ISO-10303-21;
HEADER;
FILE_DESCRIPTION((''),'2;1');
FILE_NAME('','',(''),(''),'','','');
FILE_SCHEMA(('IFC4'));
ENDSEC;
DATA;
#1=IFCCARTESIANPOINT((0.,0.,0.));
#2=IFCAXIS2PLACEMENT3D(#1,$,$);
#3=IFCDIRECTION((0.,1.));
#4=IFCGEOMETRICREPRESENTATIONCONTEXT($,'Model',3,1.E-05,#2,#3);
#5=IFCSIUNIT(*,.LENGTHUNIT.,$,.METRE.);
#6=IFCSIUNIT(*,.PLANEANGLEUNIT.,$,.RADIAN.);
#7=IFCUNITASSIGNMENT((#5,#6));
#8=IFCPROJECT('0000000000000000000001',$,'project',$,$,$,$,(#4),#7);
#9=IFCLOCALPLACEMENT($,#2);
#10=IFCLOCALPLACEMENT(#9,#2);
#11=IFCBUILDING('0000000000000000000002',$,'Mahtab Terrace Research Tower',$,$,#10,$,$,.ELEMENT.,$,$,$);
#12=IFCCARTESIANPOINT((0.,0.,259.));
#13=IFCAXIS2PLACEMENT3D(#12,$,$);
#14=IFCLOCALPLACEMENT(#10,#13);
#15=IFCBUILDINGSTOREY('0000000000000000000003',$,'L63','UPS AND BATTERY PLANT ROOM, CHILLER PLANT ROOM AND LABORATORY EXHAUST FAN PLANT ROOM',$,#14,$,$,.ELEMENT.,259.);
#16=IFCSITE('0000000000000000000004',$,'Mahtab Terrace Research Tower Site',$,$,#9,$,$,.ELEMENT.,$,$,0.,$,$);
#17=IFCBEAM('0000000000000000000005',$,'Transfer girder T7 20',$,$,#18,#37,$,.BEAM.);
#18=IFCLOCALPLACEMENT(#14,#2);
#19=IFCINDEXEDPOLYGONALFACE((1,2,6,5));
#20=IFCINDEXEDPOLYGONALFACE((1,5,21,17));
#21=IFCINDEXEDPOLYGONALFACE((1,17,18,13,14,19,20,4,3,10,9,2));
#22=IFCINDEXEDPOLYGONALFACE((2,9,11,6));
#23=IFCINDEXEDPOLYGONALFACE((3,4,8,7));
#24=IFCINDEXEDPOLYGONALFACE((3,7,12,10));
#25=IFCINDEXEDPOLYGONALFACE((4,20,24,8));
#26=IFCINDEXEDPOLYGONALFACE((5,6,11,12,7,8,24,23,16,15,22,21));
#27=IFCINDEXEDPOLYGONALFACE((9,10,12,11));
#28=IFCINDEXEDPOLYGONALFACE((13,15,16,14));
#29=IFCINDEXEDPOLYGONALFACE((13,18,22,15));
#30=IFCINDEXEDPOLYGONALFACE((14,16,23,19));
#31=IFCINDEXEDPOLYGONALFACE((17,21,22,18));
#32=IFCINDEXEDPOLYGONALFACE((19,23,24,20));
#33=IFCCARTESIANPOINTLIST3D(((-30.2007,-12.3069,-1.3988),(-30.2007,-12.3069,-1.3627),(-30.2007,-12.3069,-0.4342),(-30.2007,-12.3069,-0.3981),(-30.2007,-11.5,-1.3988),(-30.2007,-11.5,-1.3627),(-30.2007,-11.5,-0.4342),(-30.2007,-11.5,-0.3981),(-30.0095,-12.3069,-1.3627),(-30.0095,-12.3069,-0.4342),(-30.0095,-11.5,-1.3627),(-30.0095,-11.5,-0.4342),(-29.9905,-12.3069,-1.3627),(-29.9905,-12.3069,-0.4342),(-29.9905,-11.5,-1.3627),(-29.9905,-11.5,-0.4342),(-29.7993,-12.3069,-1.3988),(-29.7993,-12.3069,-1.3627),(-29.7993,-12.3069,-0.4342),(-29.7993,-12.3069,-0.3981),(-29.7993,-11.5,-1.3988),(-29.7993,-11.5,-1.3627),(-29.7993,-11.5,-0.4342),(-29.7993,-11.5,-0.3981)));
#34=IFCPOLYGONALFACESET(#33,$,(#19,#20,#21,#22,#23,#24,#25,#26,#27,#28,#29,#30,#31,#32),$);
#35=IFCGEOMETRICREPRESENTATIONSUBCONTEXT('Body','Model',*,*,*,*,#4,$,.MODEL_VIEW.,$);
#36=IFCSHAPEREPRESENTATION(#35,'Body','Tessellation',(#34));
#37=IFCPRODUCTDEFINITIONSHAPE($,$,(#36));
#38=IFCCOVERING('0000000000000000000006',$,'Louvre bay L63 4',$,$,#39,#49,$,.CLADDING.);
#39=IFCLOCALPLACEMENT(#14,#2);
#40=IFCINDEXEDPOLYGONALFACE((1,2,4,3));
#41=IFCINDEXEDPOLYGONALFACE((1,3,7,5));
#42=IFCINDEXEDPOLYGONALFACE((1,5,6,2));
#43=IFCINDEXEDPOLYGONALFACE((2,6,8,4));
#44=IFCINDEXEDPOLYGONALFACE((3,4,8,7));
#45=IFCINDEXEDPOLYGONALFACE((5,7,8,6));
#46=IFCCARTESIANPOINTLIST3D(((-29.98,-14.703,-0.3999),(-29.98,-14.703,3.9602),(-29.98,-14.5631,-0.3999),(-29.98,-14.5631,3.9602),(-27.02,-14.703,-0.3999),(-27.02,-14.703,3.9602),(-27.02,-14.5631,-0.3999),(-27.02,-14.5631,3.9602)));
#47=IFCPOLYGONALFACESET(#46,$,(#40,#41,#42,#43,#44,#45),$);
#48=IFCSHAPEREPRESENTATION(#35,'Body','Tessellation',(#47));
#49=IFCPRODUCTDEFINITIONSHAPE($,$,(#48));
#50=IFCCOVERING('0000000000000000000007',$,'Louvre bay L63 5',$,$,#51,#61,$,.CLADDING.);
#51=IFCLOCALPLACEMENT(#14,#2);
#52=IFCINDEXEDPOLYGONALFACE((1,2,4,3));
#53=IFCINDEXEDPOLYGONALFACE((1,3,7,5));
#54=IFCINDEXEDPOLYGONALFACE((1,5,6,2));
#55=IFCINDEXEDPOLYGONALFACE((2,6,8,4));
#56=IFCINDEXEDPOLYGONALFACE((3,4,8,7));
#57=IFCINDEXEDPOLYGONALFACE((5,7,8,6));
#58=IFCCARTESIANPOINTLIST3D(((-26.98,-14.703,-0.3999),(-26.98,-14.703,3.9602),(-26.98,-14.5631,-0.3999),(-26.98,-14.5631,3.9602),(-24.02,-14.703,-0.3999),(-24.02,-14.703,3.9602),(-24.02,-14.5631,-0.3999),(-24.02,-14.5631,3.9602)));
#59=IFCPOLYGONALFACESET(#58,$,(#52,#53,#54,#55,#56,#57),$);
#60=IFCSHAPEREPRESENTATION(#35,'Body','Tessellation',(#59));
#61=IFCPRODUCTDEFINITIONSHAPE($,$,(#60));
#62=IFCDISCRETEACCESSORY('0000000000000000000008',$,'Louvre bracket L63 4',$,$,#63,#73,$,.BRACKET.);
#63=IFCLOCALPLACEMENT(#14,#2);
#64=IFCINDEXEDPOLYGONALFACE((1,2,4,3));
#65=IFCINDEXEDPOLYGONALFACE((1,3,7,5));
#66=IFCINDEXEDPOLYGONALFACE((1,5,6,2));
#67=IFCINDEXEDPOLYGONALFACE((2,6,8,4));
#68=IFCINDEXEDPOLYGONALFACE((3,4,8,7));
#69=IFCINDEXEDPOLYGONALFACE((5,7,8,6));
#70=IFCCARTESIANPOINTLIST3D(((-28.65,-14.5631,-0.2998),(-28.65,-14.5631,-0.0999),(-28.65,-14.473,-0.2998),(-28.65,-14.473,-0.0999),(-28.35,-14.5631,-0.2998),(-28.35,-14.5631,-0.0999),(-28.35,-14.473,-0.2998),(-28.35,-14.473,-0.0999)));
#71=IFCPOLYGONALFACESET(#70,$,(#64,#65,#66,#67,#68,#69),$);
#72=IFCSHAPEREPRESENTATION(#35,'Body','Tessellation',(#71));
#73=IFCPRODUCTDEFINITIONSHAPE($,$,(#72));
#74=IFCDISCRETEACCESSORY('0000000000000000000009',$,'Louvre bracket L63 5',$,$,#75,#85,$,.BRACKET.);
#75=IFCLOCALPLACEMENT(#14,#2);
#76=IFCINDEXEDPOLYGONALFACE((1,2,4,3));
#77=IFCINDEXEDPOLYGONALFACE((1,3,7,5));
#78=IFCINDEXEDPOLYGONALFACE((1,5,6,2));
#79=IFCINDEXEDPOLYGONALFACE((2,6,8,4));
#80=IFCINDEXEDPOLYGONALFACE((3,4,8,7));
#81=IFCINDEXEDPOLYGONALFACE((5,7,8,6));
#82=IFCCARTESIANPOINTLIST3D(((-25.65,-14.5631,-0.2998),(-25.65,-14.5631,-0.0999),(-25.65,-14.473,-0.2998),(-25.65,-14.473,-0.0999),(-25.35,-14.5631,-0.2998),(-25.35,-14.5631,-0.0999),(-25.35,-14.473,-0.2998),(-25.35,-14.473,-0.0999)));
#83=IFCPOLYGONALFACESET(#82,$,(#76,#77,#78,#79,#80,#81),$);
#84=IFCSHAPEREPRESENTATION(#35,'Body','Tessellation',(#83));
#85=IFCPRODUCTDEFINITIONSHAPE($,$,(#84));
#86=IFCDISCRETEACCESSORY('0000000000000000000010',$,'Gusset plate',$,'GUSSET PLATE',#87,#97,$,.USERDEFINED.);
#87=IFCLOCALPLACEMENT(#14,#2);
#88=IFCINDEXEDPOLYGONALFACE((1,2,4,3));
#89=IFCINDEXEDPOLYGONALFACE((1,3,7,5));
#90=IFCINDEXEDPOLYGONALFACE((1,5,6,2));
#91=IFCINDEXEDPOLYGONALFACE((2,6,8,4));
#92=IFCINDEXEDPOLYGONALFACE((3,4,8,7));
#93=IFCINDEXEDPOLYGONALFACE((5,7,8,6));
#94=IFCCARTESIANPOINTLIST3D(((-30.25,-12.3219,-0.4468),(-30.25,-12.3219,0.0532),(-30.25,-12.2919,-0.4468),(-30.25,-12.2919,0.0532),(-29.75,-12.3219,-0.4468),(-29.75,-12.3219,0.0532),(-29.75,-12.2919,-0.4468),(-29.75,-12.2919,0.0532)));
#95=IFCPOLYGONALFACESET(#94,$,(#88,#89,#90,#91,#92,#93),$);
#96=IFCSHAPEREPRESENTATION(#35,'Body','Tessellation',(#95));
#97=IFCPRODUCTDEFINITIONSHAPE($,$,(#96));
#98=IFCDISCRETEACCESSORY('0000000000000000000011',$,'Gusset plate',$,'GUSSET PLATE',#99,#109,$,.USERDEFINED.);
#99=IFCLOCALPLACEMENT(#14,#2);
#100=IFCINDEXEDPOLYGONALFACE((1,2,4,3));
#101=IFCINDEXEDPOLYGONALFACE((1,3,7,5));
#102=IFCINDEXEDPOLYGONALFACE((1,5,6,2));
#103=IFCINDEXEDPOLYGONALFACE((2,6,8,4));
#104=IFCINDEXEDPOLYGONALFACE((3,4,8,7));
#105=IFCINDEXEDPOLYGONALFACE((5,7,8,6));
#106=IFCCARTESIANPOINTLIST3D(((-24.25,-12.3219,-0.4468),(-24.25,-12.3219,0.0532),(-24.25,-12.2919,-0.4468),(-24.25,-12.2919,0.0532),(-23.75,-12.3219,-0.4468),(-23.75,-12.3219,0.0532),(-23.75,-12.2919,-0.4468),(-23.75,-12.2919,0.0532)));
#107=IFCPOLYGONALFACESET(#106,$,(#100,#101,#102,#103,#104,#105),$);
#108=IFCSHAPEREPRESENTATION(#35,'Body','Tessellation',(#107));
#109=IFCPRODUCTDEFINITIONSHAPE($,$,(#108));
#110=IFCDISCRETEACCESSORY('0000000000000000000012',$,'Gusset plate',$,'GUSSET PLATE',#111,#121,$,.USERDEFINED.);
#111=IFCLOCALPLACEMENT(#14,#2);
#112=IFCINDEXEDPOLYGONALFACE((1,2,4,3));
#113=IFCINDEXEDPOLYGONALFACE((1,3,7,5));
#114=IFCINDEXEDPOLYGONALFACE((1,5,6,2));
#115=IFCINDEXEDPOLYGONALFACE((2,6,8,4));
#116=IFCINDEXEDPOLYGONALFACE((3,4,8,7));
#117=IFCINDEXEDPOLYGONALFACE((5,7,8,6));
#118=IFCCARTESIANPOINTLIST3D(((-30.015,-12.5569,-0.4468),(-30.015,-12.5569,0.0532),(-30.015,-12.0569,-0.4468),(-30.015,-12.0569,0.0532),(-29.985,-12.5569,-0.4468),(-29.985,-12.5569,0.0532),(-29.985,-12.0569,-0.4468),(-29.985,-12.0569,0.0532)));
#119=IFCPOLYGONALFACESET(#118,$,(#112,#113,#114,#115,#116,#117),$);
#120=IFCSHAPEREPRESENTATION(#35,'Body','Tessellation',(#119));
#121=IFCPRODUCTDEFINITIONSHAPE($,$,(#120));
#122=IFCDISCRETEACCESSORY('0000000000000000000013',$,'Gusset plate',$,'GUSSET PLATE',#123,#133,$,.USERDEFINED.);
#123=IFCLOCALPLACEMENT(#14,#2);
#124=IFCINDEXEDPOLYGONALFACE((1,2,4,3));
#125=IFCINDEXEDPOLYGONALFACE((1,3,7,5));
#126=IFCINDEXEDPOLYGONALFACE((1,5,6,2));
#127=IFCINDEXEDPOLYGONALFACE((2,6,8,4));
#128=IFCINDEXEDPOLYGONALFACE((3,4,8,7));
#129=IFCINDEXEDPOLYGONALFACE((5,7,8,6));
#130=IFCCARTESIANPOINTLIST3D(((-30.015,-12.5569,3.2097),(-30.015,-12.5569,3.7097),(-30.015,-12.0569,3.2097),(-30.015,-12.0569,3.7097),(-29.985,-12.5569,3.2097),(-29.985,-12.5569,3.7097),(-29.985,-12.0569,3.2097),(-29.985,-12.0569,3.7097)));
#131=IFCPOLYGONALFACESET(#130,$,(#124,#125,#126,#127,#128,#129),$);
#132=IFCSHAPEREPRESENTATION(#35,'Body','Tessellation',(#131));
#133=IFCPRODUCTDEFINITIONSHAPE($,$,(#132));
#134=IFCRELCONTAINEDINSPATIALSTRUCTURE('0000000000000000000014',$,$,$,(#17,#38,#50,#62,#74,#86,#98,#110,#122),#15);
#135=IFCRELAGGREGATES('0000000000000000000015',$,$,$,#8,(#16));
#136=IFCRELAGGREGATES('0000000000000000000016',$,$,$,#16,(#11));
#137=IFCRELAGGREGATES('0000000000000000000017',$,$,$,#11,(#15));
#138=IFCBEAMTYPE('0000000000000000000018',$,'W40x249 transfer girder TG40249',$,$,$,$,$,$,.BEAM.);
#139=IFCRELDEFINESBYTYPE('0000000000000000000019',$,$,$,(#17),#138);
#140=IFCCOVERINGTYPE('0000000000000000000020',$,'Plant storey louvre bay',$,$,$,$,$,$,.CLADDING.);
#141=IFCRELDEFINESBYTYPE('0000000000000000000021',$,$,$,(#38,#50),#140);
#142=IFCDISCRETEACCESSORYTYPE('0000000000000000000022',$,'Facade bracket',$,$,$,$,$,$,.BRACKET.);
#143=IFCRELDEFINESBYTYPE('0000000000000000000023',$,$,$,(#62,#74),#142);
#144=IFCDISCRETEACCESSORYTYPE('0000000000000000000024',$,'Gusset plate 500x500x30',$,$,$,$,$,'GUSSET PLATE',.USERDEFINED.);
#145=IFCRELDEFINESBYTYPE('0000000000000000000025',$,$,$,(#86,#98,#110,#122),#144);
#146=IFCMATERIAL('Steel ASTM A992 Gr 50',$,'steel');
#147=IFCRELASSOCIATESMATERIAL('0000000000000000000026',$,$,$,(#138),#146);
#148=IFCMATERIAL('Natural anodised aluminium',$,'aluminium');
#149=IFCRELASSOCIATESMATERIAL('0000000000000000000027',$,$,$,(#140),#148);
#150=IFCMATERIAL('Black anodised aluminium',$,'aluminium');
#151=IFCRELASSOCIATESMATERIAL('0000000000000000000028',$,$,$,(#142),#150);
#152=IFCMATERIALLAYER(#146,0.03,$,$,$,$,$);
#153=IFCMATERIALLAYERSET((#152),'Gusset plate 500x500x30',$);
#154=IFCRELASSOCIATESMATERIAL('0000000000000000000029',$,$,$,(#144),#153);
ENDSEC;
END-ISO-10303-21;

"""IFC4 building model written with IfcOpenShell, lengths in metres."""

from ifc_helpers import new_model, si_unit, direction, frame, origin, origin_2d, place, context, subcontext, project, spatial, rectangle, i_section, extrude, material, layer, layer_set, material_profile, profile_set, type_object, element, save


model = new_model("IFC4")

# Units and contexts
model_context = context("Model", 3, precision=1e-05, world=origin(), true_north=direction((0.0, 1.0)))
body_context = subcontext(model_context, "Body", "Model", "MODEL_VIEW")
ifc_project = project(units=[si_unit("LENGTHUNIT", "METRE"), si_unit("PLANEANGLEUNIT", "RADIAN")], contexts=[model_context])

# Site, building, storey
site_placement = place(None, origin())
site = spatial("IfcSite", under=ifc_project, at=site_placement, Name="Mahtab Terrace Research Tower Site", CompositionType="ELEMENT", RefElevation=0.0)
building_placement = place(site_placement, origin())
building = spatial("IfcBuilding", under=site, at=building_placement, Name="Mahtab Terrace Research Tower", CompositionType="ELEMENT")
storey_placement = place(building_placement, frame((0.0, 0.0, 259.0)))
storey = spatial("IfcBuildingStorey", under=building, at=storey_placement, Name="L63", Description="UPS AND BATTERY PLANT ROOM, CHILLER PLANT ROOM AND LABORATORY EXHAUST FAN PLANT ROOM", CompositionType="ELEMENT", Elevation=259.0)

# Shared definitions
ifc_material_1 = material(Name="Steel ASTM A992 Gr 50", Category="steel")

# Beam
ifc_material_profile_1 = material_profile(ifc_material_1, i_section(OverallWidth=0.4014, OverallDepth=1.0007, WebThickness=0.019, FlangeThickness=0.0361, at=origin_2d()), Name="W40X249")
ifc_profile_set_1 = profile_set([ifc_material_profile_1], Name="Steel ASTM A992 Gr 50")
beam_type = type_object("IfcBeamType", Name="W40x249 transfer girder TG40249", PredefinedType="BEAM", material=ifc_profile_set_1)
beam_placement = place(storey_placement, frame((-30.0, -12.3069, -0.8984), z_axis=(0.0, 1.0, 0.0), x_axis=(-1.0, 0.0, 0.0)))
element("IfcBeam", 1, at=beam_placement, inside=storey, type_object=beam_type, Name="Transfer girder T7 20", PredefinedType="BEAM", context=body_context, shape_type="SweptSolid", body=[
    extrude(i_section(OverallWidth=0.4014, OverallDepth=1.0007, WebThickness=0.019, FlangeThickness=0.0361, at=origin_2d()), origin(), (0.0, 0.0, 1.0), 0.8069),
])

# Coverings
ifc_material_2 = material(Name="Natural anodised aluminium", Category="aluminium")
covering_type = type_object("IfcCoveringType", Name="Plant storey louvre bay", PredefinedType="CLADDING", material=ifc_material_2)
for number, where, z_axis, x_axis, name in (
    (2, (-28.5, -14.6331, -0.3999), (0.0, 0.0, 1.0), (1.0, 0.0, 0.0), "Louvre bay L63 4"),
    (3, (-25.5, -14.6331, -0.3999), (0.0, 0.0, 1.0), (1.0, 0.0, 0.0), "Louvre bay L63 5"),
):
    element("IfcCovering", number, at=place(storey_placement, frame(where, z_axis=z_axis, x_axis=x_axis)), inside=storey, type_object=covering_type, Name=name, PredefinedType="CLADDING", context=body_context, shape_type="SweptSolid", body=[
        extrude(rectangle(XDim=2.96, YDim=0.1399, at=origin_2d()), origin(), (0.0, 0.0, 1.0), 4.3601),
    ])

# Discrete accessories
ifc_material_3 = material(Name="Black anodised aluminium", Category="aluminium")
discrete_accessory_type_1 = type_object("IfcDiscreteAccessoryType", Name="Facade bracket", PredefinedType="BRACKET", material=ifc_material_3)
for number, where, z_axis, x_axis, name in (
    (4, (-28.5, -14.5181, -0.2998), (0.0, 0.0, 1.0), (1.0, 0.0, 0.0), "Louvre bracket L63 4"),
    (5, (-25.5, -14.5181, -0.2998), (0.0, 0.0, 1.0), (1.0, 0.0, 0.0), "Louvre bracket L63 5"),
):
    element("IfcDiscreteAccessory", number, at=place(storey_placement, frame(where, z_axis=z_axis, x_axis=x_axis)), inside=storey, type_object=discrete_accessory_type_1, Name=name, PredefinedType="BRACKET", context=body_context, shape_type="SweptSolid", body=[
        extrude(rectangle(XDim=0.3, YDim=0.0901, at=origin_2d()), origin(), (0.0, 0.0, 1.0), 0.2),
    ])
ifc_layer = layer(ifc_material_1, 0.03)
ifc_layer_set = layer_set([ifc_layer], Name="Gusset plate 500x500x30")
discrete_accessory_type_2 = type_object("IfcDiscreteAccessoryType", Name="Gusset plate 500x500x30", ElementType="GUSSET PLATE", PredefinedType="USERDEFINED", material=ifc_layer_set)
for number, where, z_axis, x_axis, name in (
    (6, (-30.0, -12.3069, -0.4468), (0.0, 0.0, 1.0), (1.0, 0.0, 0.0), "Gusset plate"),
    (7, (-24.0, -12.3069, -0.4468), (0.0, 0.0, 1.0), (1.0, 0.0, 0.0), "Gusset plate"),
    (8, (-30.0, -12.3069, -0.4468), (0.0, 0.0, 1.0), (0.0, 1.0, 0.0), "Gusset plate"),
    (9, (-30.0, -12.3069, 3.2097), (0.0, 0.0, 1.0), (0.0, 1.0, 0.0), "Gusset plate"),
):
    element("IfcDiscreteAccessory", number, at=place(storey_placement, frame(where, z_axis=z_axis, x_axis=x_axis)), inside=storey, type_object=discrete_accessory_type_2, Name=name, ObjectType="GUSSET PLATE", PredefinedType="USERDEFINED", context=body_context, shape_type="SweptSolid", body=[
        extrude(rectangle(XDim=0.5, YDim=0.03, at=origin_2d()), origin(), (0.0, 0.0, 1.0), 0.5),
    ])

save(model, "model.ifc")
